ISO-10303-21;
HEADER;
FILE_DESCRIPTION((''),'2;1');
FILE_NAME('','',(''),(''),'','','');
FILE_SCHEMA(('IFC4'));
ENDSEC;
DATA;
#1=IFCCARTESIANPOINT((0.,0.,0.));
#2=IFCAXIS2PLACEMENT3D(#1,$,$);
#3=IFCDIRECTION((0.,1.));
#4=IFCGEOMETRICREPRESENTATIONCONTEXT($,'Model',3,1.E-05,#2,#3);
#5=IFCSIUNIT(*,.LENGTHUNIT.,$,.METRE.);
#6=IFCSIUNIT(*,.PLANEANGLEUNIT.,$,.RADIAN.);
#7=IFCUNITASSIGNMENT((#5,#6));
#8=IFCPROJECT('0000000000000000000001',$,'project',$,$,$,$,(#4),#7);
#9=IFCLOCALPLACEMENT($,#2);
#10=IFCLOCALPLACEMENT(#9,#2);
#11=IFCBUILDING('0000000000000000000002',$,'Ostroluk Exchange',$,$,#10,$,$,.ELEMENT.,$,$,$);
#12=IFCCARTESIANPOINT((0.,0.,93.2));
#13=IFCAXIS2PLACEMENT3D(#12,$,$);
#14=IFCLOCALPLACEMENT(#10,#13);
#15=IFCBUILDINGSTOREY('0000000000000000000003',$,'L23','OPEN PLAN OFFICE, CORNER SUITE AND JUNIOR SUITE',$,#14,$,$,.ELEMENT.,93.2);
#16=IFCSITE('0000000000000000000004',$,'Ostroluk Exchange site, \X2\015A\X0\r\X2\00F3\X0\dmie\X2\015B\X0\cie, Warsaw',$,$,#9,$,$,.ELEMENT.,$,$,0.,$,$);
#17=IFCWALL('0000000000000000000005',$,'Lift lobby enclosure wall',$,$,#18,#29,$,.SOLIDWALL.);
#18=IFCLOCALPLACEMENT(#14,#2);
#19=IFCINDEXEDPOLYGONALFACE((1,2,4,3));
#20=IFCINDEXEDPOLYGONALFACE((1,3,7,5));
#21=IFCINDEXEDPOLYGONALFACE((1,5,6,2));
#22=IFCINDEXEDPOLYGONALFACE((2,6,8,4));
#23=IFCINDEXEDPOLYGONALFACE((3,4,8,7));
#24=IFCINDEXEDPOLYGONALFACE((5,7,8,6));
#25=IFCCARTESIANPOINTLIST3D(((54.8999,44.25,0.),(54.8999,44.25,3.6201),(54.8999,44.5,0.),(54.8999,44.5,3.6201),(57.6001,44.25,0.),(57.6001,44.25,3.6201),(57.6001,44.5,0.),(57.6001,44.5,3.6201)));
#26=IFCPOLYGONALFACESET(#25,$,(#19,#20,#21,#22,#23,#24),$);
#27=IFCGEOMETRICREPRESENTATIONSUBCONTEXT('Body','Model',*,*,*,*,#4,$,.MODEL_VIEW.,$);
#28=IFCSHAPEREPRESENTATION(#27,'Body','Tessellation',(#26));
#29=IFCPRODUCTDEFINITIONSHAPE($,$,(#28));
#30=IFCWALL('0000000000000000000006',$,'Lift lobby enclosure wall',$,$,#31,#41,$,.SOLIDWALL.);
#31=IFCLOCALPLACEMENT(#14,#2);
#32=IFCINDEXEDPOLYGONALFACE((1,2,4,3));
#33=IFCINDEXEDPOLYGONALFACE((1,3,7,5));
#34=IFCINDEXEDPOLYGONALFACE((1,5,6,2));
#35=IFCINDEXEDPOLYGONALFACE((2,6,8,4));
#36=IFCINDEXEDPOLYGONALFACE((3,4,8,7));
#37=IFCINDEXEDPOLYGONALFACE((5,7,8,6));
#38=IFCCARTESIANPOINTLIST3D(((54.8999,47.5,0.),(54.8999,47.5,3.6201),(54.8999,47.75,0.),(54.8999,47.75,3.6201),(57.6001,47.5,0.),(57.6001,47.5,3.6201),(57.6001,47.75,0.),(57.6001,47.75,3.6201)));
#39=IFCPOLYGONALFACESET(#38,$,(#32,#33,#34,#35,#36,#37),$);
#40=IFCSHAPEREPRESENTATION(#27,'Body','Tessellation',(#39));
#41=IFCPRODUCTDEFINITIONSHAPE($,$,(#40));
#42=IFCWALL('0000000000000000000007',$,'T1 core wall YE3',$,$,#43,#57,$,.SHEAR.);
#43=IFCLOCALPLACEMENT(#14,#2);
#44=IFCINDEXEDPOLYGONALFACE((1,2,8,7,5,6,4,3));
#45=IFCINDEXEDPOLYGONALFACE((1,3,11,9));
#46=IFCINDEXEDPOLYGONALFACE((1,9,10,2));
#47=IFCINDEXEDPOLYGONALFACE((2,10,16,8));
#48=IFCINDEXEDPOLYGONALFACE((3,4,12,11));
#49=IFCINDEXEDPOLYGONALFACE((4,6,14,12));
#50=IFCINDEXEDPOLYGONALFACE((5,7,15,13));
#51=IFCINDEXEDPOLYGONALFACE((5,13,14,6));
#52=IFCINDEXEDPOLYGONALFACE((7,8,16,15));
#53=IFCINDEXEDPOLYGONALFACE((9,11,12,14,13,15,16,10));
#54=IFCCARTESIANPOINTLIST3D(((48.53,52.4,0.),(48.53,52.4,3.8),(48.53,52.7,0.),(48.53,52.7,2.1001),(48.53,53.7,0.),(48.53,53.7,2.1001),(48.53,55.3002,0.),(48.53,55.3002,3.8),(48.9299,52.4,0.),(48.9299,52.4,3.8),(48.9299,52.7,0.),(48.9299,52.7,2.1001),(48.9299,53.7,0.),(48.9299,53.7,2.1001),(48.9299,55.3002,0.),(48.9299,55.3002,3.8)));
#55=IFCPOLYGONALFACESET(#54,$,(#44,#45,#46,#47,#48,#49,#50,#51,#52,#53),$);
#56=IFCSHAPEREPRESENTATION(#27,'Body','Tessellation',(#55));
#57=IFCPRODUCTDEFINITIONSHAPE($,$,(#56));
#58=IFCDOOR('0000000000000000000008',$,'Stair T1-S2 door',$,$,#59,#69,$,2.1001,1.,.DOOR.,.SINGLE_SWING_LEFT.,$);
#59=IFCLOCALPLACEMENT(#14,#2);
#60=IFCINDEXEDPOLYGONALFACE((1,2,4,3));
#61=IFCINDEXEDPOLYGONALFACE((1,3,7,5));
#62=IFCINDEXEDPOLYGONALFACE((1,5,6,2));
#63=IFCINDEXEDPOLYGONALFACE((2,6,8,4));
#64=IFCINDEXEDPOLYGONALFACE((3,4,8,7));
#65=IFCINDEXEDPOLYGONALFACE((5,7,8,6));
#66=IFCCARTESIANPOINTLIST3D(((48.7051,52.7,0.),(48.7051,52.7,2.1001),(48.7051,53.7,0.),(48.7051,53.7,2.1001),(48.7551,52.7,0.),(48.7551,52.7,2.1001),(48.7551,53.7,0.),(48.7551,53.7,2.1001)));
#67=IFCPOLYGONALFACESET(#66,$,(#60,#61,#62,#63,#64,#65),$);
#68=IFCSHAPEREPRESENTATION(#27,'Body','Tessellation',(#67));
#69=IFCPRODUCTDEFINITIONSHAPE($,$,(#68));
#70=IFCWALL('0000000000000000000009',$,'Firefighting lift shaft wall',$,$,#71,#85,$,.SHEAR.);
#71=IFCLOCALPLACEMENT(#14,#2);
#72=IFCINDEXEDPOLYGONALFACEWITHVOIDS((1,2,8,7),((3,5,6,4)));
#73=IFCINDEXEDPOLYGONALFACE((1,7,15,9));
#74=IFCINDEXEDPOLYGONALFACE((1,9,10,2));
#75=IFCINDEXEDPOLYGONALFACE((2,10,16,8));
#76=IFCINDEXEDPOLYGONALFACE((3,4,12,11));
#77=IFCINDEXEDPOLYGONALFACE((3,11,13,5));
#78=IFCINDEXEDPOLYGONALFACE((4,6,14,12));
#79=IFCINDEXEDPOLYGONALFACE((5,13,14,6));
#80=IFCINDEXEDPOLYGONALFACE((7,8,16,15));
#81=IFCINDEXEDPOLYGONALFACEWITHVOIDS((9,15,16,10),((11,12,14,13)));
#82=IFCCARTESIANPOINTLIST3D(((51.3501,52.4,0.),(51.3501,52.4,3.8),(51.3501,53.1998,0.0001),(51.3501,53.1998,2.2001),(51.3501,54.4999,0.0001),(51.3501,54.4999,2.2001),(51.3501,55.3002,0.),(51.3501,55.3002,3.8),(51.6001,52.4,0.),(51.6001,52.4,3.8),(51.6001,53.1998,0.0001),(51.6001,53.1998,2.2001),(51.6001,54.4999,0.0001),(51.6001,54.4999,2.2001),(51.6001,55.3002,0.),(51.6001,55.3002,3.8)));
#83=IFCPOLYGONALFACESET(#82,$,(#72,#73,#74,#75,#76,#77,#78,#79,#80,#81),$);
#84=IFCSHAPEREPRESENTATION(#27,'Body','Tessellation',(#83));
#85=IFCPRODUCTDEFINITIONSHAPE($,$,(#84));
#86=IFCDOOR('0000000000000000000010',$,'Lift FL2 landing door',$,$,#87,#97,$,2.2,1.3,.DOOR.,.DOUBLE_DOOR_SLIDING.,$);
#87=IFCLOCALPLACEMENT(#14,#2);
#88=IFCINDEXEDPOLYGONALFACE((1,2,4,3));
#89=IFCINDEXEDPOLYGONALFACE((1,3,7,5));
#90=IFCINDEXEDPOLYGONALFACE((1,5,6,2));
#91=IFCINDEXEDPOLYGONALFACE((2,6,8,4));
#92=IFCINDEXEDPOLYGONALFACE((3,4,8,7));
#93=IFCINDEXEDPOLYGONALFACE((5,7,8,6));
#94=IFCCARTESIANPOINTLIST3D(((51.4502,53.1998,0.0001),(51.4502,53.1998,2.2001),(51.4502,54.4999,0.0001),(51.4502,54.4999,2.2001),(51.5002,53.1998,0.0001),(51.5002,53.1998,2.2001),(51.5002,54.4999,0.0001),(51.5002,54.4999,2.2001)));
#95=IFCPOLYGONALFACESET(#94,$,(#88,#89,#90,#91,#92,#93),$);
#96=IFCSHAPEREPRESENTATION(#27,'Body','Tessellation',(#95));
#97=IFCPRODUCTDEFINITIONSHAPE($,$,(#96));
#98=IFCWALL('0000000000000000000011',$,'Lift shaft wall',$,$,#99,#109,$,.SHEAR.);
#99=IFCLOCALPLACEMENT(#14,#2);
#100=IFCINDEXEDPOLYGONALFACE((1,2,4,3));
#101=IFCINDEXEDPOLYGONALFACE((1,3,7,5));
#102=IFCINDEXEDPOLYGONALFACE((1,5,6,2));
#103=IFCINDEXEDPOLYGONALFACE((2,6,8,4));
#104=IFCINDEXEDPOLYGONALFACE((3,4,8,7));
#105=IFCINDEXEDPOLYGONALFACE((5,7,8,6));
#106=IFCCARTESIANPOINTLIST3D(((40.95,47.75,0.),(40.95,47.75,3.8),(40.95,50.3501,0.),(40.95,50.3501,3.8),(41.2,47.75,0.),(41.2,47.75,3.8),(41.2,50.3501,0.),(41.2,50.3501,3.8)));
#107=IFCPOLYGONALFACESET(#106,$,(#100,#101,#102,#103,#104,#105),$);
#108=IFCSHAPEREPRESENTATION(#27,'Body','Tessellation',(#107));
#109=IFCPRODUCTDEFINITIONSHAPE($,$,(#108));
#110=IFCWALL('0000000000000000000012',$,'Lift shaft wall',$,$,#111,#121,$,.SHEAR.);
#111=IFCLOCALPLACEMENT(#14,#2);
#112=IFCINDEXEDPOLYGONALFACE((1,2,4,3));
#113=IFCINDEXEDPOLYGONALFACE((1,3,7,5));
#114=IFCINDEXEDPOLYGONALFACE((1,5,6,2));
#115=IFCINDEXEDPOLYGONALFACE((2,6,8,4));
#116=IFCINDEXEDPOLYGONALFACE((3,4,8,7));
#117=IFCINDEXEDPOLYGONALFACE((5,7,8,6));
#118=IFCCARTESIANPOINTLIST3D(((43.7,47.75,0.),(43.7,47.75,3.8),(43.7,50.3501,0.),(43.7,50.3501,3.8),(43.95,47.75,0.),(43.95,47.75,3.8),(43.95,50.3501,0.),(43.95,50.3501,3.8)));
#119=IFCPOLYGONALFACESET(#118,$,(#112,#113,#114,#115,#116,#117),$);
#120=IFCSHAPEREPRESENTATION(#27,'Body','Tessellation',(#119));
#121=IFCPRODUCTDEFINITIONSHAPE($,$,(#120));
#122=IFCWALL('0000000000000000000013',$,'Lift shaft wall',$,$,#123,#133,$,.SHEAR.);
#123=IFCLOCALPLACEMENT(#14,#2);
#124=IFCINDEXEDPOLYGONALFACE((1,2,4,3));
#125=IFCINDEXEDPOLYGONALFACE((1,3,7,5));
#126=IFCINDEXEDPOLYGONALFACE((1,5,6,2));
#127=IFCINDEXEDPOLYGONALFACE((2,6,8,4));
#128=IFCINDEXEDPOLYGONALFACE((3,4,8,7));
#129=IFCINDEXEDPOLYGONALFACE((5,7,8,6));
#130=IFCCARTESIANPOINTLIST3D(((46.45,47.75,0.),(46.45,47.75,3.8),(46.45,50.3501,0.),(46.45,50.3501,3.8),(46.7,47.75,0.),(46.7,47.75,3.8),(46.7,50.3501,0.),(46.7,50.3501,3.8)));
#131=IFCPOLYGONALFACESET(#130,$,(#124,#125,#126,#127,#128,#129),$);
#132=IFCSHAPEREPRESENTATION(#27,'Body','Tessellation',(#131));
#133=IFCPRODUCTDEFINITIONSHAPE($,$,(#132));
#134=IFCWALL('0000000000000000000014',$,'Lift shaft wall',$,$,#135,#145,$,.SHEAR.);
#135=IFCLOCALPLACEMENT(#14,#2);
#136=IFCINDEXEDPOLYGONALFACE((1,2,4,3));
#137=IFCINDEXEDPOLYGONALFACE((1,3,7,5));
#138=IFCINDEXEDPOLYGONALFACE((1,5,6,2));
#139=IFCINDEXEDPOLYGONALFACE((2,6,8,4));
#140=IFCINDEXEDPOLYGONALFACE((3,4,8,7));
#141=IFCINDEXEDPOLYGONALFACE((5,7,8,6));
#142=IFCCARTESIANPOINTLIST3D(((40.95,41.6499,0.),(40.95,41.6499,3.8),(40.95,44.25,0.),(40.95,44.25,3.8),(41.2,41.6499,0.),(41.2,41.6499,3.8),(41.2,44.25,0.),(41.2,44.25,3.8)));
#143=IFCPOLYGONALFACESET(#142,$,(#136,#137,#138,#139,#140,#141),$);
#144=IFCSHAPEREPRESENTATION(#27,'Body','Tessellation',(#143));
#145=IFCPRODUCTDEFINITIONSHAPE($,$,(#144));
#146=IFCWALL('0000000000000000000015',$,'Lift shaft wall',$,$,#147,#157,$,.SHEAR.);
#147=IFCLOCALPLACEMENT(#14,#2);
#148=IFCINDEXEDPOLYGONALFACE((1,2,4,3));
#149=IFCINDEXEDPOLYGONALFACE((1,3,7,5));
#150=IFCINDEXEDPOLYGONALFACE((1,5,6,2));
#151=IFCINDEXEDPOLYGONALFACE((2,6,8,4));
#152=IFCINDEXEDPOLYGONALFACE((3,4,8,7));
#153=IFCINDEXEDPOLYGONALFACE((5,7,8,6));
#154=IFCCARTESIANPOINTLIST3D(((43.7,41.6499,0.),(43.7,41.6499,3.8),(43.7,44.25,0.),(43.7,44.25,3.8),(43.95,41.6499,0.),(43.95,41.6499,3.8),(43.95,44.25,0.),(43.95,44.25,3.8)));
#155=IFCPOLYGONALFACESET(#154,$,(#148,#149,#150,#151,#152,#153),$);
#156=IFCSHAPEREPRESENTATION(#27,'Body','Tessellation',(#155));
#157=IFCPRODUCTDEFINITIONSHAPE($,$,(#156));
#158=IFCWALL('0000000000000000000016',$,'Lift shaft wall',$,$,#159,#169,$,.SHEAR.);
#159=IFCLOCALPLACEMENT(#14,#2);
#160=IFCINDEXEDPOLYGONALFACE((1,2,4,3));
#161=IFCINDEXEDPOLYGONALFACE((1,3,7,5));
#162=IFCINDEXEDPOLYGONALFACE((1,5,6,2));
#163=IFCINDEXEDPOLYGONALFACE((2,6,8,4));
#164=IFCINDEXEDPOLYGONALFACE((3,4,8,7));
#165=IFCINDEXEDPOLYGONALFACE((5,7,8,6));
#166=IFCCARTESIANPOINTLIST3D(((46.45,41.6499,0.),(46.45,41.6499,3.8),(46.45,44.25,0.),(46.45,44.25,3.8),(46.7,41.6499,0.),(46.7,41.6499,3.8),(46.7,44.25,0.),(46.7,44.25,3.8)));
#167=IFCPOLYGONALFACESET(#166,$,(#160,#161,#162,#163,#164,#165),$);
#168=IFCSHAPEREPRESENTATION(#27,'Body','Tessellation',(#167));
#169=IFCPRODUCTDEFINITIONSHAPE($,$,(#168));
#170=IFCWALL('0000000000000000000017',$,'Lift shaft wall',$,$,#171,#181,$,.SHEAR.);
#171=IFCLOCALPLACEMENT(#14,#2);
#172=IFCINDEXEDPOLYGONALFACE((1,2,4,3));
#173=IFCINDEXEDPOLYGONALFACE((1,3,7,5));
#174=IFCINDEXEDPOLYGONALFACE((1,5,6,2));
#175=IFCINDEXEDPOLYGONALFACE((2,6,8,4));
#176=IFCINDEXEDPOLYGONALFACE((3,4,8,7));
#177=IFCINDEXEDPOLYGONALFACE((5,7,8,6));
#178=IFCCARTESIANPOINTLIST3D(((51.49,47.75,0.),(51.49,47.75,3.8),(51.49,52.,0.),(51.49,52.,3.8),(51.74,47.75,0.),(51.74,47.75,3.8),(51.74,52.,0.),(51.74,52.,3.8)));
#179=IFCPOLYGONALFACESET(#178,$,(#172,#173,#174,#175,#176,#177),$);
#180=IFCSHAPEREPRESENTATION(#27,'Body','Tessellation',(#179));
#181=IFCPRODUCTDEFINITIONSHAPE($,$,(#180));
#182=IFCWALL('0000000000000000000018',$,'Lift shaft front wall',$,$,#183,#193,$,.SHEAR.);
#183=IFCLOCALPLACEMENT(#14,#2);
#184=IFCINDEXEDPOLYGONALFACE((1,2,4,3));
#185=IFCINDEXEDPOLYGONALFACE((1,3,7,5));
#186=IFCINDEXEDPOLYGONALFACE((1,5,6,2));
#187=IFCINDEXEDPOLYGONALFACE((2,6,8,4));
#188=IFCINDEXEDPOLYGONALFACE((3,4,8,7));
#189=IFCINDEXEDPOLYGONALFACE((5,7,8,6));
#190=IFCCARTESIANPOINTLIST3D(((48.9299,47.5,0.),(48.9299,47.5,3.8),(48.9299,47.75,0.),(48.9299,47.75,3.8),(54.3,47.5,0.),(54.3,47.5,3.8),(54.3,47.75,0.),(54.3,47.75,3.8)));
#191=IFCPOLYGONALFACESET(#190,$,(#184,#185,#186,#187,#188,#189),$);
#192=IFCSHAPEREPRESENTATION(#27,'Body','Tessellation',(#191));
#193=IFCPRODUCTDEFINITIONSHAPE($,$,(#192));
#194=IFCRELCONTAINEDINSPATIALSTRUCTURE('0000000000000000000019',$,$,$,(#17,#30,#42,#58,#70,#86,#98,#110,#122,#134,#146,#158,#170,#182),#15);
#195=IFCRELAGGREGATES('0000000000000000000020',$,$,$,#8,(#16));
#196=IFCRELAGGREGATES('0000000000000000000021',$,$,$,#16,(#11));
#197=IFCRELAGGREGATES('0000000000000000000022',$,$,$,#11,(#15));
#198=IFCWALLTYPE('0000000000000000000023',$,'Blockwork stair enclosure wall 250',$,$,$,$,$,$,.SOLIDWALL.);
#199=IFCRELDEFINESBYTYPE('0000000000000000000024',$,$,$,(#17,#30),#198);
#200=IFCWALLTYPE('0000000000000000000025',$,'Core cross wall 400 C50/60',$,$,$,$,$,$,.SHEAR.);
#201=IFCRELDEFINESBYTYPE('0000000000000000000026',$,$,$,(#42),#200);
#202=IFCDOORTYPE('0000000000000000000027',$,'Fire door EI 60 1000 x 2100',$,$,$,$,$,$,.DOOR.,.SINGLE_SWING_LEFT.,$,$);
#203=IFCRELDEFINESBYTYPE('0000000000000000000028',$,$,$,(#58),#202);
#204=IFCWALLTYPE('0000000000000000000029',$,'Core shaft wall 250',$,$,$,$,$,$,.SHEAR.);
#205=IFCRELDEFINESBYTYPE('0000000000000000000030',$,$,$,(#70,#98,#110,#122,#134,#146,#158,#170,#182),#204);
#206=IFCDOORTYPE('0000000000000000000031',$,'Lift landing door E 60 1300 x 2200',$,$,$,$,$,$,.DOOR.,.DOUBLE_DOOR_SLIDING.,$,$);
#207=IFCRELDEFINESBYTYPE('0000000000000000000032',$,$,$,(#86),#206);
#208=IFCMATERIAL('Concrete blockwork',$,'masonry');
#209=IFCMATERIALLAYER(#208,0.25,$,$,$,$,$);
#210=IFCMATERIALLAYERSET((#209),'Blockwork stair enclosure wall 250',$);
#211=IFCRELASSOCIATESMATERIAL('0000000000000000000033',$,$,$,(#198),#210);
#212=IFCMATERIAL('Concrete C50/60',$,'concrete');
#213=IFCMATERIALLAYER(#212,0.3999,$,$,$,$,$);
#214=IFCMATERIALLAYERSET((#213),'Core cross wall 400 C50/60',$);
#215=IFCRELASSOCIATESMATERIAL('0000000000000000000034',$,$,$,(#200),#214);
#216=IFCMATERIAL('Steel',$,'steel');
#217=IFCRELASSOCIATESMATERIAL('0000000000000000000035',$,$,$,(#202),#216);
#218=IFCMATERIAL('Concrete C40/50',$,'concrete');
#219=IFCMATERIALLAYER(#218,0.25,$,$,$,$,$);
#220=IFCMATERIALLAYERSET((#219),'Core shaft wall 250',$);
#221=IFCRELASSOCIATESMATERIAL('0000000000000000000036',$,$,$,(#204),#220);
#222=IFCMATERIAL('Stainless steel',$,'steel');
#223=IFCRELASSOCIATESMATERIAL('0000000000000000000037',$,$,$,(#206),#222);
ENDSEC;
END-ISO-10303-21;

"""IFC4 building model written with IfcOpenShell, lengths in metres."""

from ifc_helpers import new_model, si_unit, direction, frame, frame_2d, origin, place, context, subcontext, project, spatial, rectangle, extrude, material, layer, layer_set, type_object, element, fill, save


model = new_model("IFC4")

# Units and contexts
model_context = context("Model", 3, precision=1e-05, world=origin(), true_north=direction((0.0, 1.0)))
body_context = subcontext(model_context, "Body", "Model", "MODEL_VIEW")
ifc_project = project(units=[si_unit("LENGTHUNIT", "METRE"), si_unit("PLANEANGLEUNIT", "RADIAN")], contexts=[model_context])

# Site, building, storey
site_placement = place(None, origin())
site = spatial("IfcSite", under=ifc_project, at=site_placement, Name="Ostroluk Exchange site, Śródmieście, Warsaw", CompositionType="ELEMENT", RefElevation=0.0)
building_placement = place(site_placement, origin())
building = spatial("IfcBuilding", under=site, at=building_placement, Name="Ostroluk Exchange", CompositionType="ELEMENT")
storey_placement = place(building_placement, frame((0.0, 0.0, 93.2)))
storey = spatial("IfcBuildingStorey", under=building, at=storey_placement, Name="L23", Description="OPEN PLAN OFFICE, CORNER SUITE AND JUNIOR SUITE", CompositionType="ELEMENT", Elevation=93.2)

# Walls
ifc_material_1 = material(Name="Concrete blockwork", Category="masonry")
ifc_layer_1 = layer(ifc_material_1, 0.25)
ifc_layer_set_1 = layer_set([ifc_layer_1], Name="Blockwork stair enclosure wall 250")
wall_type_1 = type_object("IfcWallType", Name="Blockwork stair enclosure wall 250", PredefinedType="SOLIDWALL", material=ifc_layer_set_1)
for number, where, z_axis, x_axis, name in (
    (1, (54.8999, 44.375, 0.0), (0.0, 0.0, 1.0), (1.0, 0.0, 0.0), "Lift lobby enclosure wall"),
    (2, (54.8999, 47.625, 0.0), (0.0, 0.0, 1.0), (1.0, 0.0, 0.0), "Lift lobby enclosure wall"),
):
    element("IfcWall", number, at=place(storey_placement, frame(where, z_axis=z_axis, x_axis=x_axis)), inside=storey, type_object=wall_type_1, Name=name, PredefinedType="SOLIDWALL", context=body_context, shape_type="SweptSolid", body=[
        extrude(rectangle(XDim=2.7002, YDim=0.25, at=frame_2d((1.3501, 0.0))), origin(), (0.0, 0.0, 1.0), 3.6201),
    ])

# Walls, openings, doors
ifc_material_2 = material(Name="Concrete C50/60", Category="concrete")
ifc_layer_2 = layer(ifc_material_2, 0.3999)
ifc_layer_set_2 = layer_set([ifc_layer_2], Name="Core cross wall 400 C50/60")
wall_type_2 = type_object("IfcWallType", Name="Core cross wall 400 C50/60", PredefinedType="SHEAR", material=ifc_layer_set_2)
wall_1_placement = place(storey_placement, frame((48.73, 52.3999, 0.0), z_axis=(0.0, 0.0, 1.0), x_axis=(0.0, 1.0, 0.0)))
wall_1 = element("IfcWall", 3, at=wall_1_placement, inside=storey, type_object=wall_type_2, Name="T1 core wall YE3", PredefinedType="SHEAR", context=body_context, shape_type="SweptSolid", body=[
    extrude(rectangle(XDim=2.9001, YDim=0.3999, at=frame_2d((1.4502, 0.0))), origin(), (0.0, 0.0, 1.0), 3.8),
])
opening_1_placement = place(wall_1_placement, frame((0.3, 0.0, 0.0)))
opening_1 = element("IfcOpeningElement", 4, at=opening_1_placement, cuts=wall_1, PredefinedType="OPENING", context=body_context, shape_type="SweptSolid", body=[
    extrude(rectangle(XDim=1.0, YDim=2.1001, at=frame_2d((0.5, 1.05))), frame((0.0, 0.21, 0.0), z_axis=(0.0, -1.0, 0.0), x_axis=(1.0, 0.0, 0.0)), (0.0, 0.0, 1.0), 0.4199),
])
ifc_material_3 = material(Name="Steel", Category="steel")
door_type_1 = type_object("IfcDoorType", Name="Fire door EI 60 1000 x 2100", OperationType="SINGLE_SWING_LEFT", PredefinedType="DOOR", material=ifc_material_3)
door_1_placement = place(opening_1_placement, origin())
door_1 = element("IfcDoor", 5, at=door_1_placement, inside=storey, type_object=door_type_1, Name="Stair T1-S2 door", OperationType="SINGLE_SWING_LEFT", OverallHeight=2.1001, OverallWidth=1.0, PredefinedType="DOOR", context=body_context, shape_type="SweptSolid", body=[
    extrude(rectangle(XDim=1.0, YDim=2.1001, at=frame_2d((0.5, 1.05))), frame((0.0, 0.0249, 0.0), z_axis=(0.0, -1.0, 0.0), x_axis=(1.0, 0.0, 0.0)), (0.0, 0.0, 1.0), 0.05),
])
fill(opening_1, door_1)
ifc_material_4 = material(Name="Concrete C40/50", Category="concrete")
ifc_layer_3 = layer(ifc_material_4, 0.25)
ifc_layer_set_3 = layer_set([ifc_layer_3], Name="Core shaft wall 250")
wall_type_3 = type_object("IfcWallType", Name="Core shaft wall 250", PredefinedType="SHEAR", material=ifc_layer_set_3)
wall_2_placement = place(storey_placement, frame((51.4751, 52.3999, 0.0), z_axis=(0.0, 0.0, 1.0), x_axis=(0.0, 1.0, 0.0)))
wall_2 = element("IfcWall", 6, at=wall_2_placement, inside=storey, type_object=wall_type_3, Name="Firefighting lift shaft wall", PredefinedType="SHEAR", context=body_context, shape_type="SweptSolid", body=[
    extrude(rectangle(XDim=2.9001, YDim=0.25, at=frame_2d((1.4502, 0.0))), origin(), (0.0, 0.0, 1.0), 3.8),
])
opening_2_placement = place(wall_2_placement, frame((0.8, 0.0, 0.0)))
opening_2 = element("IfcOpeningElement", 7, at=opening_2_placement, cuts=wall_2, PredefinedType="OPENING", context=body_context, shape_type="SweptSolid", body=[
    extrude(rectangle(XDim=1.3, YDim=2.2, at=frame_2d((0.6499, 1.1001))), frame((0.0, 0.135, 0.0), z_axis=(0.0, -1.0, 0.0), x_axis=(1.0, 0.0, 0.0)), (0.0, 0.0, 1.0), 0.27),
])
ifc_material_5 = material(Name="Stainless steel", Category="steel")
door_type_2 = type_object("IfcDoorType", Name="Lift landing door E 60 1300 x 2200", OperationType="DOUBLE_DOOR_SLIDING", PredefinedType="DOOR", material=ifc_material_5)
door_2_placement = place(opening_2_placement, origin())
door_2 = element("IfcDoor", 8, at=door_2_placement, inside=storey, type_object=door_type_2, Name="Lift FL2 landing door", OperationType="DOUBLE_DOOR_SLIDING", OverallHeight=2.2, OverallWidth=1.3, PredefinedType="DOOR", context=body_context, shape_type="SweptSolid", body=[
    extrude(rectangle(XDim=1.3, YDim=2.2, at=frame_2d((0.6499, 1.1001))), frame((0.0, 0.0249, 0.0), z_axis=(0.0, -1.0, 0.0), x_axis=(1.0, 0.0, 0.0)), (0.0, 0.0, 1.0), 0.05),
])
fill(opening_2, door_2)

# Walls
for number, where, z_axis, x_axis, name in (
    (9, (41.075, 47.75, 0.0), (0.0, 0.0, 1.0), (0.0, 1.0, 0.0), "Lift shaft wall"),
    (10, (43.825, 47.75, 0.0), (0.0, 0.0, 1.0), (0.0, 1.0, 0.0), "Lift shaft wall"),
    (11, (46.575, 47.75, 0.0), (0.0, 0.0, 1.0), (0.0, 1.0, 0.0), "Lift shaft wall"),
    (12, (41.075, 44.25, 0.0), (0.0, 0.0, 1.0), (0.0, -1.0, 0.0), "Lift shaft wall"),
    (13, (43.825, 44.25, 0.0), (0.0, 0.0, 1.0), (0.0, -1.0, 0.0), "Lift shaft wall"),
    (14, (46.575, 44.25, 0.0), (0.0, 0.0, 1.0), (0.0, -1.0, 0.0), "Lift shaft wall"),
):
    element("IfcWall", number, at=place(storey_placement, frame(where, z_axis=z_axis, x_axis=x_axis)), inside=storey, type_object=wall_type_3, Name=name, PredefinedType="SHEAR", context=body_context, shape_type="SweptSolid", body=[
        extrude(rectangle(XDim=2.6001, YDim=0.25, at=frame_2d((1.3, 0.0))), origin(), (0.0, 0.0, 1.0), 3.8),
    ])
wall_3_placement = place(storey_placement, frame((51.615, 47.75, 0.0), z_axis=(0.0, 0.0, 1.0), x_axis=(0.0, 1.0, 0.0)))
element("IfcWall", 15, at=wall_3_placement, inside=storey, type_object=wall_type_3, Name="Lift shaft wall", PredefinedType="SHEAR", context=body_context, shape_type="SweptSolid", body=[
    extrude(rectangle(XDim=4.25, YDim=0.25, at=frame_2d((2.125, 0.0))), origin(), (0.0, 0.0, 1.0), 3.8),
])
wall_4_placement = place(storey_placement, frame((48.9299, 47.625, 0.0), z_axis=(0.0, 0.0, 1.0), x_axis=(1.0, 0.0, 0.0)))
element("IfcWall", 16, at=wall_4_placement, inside=storey, type_object=wall_type_3, Name="Lift shaft front wall", PredefinedType="SHEAR", context=body_context, shape_type="SweptSolid", body=[
    extrude(rectangle(XDim=5.3701, YDim=0.25, at=frame_2d((2.6851, 0.0))), origin(), (0.0, 0.0, 1.0), 3.8),
])

save(model, "model.ifc")
